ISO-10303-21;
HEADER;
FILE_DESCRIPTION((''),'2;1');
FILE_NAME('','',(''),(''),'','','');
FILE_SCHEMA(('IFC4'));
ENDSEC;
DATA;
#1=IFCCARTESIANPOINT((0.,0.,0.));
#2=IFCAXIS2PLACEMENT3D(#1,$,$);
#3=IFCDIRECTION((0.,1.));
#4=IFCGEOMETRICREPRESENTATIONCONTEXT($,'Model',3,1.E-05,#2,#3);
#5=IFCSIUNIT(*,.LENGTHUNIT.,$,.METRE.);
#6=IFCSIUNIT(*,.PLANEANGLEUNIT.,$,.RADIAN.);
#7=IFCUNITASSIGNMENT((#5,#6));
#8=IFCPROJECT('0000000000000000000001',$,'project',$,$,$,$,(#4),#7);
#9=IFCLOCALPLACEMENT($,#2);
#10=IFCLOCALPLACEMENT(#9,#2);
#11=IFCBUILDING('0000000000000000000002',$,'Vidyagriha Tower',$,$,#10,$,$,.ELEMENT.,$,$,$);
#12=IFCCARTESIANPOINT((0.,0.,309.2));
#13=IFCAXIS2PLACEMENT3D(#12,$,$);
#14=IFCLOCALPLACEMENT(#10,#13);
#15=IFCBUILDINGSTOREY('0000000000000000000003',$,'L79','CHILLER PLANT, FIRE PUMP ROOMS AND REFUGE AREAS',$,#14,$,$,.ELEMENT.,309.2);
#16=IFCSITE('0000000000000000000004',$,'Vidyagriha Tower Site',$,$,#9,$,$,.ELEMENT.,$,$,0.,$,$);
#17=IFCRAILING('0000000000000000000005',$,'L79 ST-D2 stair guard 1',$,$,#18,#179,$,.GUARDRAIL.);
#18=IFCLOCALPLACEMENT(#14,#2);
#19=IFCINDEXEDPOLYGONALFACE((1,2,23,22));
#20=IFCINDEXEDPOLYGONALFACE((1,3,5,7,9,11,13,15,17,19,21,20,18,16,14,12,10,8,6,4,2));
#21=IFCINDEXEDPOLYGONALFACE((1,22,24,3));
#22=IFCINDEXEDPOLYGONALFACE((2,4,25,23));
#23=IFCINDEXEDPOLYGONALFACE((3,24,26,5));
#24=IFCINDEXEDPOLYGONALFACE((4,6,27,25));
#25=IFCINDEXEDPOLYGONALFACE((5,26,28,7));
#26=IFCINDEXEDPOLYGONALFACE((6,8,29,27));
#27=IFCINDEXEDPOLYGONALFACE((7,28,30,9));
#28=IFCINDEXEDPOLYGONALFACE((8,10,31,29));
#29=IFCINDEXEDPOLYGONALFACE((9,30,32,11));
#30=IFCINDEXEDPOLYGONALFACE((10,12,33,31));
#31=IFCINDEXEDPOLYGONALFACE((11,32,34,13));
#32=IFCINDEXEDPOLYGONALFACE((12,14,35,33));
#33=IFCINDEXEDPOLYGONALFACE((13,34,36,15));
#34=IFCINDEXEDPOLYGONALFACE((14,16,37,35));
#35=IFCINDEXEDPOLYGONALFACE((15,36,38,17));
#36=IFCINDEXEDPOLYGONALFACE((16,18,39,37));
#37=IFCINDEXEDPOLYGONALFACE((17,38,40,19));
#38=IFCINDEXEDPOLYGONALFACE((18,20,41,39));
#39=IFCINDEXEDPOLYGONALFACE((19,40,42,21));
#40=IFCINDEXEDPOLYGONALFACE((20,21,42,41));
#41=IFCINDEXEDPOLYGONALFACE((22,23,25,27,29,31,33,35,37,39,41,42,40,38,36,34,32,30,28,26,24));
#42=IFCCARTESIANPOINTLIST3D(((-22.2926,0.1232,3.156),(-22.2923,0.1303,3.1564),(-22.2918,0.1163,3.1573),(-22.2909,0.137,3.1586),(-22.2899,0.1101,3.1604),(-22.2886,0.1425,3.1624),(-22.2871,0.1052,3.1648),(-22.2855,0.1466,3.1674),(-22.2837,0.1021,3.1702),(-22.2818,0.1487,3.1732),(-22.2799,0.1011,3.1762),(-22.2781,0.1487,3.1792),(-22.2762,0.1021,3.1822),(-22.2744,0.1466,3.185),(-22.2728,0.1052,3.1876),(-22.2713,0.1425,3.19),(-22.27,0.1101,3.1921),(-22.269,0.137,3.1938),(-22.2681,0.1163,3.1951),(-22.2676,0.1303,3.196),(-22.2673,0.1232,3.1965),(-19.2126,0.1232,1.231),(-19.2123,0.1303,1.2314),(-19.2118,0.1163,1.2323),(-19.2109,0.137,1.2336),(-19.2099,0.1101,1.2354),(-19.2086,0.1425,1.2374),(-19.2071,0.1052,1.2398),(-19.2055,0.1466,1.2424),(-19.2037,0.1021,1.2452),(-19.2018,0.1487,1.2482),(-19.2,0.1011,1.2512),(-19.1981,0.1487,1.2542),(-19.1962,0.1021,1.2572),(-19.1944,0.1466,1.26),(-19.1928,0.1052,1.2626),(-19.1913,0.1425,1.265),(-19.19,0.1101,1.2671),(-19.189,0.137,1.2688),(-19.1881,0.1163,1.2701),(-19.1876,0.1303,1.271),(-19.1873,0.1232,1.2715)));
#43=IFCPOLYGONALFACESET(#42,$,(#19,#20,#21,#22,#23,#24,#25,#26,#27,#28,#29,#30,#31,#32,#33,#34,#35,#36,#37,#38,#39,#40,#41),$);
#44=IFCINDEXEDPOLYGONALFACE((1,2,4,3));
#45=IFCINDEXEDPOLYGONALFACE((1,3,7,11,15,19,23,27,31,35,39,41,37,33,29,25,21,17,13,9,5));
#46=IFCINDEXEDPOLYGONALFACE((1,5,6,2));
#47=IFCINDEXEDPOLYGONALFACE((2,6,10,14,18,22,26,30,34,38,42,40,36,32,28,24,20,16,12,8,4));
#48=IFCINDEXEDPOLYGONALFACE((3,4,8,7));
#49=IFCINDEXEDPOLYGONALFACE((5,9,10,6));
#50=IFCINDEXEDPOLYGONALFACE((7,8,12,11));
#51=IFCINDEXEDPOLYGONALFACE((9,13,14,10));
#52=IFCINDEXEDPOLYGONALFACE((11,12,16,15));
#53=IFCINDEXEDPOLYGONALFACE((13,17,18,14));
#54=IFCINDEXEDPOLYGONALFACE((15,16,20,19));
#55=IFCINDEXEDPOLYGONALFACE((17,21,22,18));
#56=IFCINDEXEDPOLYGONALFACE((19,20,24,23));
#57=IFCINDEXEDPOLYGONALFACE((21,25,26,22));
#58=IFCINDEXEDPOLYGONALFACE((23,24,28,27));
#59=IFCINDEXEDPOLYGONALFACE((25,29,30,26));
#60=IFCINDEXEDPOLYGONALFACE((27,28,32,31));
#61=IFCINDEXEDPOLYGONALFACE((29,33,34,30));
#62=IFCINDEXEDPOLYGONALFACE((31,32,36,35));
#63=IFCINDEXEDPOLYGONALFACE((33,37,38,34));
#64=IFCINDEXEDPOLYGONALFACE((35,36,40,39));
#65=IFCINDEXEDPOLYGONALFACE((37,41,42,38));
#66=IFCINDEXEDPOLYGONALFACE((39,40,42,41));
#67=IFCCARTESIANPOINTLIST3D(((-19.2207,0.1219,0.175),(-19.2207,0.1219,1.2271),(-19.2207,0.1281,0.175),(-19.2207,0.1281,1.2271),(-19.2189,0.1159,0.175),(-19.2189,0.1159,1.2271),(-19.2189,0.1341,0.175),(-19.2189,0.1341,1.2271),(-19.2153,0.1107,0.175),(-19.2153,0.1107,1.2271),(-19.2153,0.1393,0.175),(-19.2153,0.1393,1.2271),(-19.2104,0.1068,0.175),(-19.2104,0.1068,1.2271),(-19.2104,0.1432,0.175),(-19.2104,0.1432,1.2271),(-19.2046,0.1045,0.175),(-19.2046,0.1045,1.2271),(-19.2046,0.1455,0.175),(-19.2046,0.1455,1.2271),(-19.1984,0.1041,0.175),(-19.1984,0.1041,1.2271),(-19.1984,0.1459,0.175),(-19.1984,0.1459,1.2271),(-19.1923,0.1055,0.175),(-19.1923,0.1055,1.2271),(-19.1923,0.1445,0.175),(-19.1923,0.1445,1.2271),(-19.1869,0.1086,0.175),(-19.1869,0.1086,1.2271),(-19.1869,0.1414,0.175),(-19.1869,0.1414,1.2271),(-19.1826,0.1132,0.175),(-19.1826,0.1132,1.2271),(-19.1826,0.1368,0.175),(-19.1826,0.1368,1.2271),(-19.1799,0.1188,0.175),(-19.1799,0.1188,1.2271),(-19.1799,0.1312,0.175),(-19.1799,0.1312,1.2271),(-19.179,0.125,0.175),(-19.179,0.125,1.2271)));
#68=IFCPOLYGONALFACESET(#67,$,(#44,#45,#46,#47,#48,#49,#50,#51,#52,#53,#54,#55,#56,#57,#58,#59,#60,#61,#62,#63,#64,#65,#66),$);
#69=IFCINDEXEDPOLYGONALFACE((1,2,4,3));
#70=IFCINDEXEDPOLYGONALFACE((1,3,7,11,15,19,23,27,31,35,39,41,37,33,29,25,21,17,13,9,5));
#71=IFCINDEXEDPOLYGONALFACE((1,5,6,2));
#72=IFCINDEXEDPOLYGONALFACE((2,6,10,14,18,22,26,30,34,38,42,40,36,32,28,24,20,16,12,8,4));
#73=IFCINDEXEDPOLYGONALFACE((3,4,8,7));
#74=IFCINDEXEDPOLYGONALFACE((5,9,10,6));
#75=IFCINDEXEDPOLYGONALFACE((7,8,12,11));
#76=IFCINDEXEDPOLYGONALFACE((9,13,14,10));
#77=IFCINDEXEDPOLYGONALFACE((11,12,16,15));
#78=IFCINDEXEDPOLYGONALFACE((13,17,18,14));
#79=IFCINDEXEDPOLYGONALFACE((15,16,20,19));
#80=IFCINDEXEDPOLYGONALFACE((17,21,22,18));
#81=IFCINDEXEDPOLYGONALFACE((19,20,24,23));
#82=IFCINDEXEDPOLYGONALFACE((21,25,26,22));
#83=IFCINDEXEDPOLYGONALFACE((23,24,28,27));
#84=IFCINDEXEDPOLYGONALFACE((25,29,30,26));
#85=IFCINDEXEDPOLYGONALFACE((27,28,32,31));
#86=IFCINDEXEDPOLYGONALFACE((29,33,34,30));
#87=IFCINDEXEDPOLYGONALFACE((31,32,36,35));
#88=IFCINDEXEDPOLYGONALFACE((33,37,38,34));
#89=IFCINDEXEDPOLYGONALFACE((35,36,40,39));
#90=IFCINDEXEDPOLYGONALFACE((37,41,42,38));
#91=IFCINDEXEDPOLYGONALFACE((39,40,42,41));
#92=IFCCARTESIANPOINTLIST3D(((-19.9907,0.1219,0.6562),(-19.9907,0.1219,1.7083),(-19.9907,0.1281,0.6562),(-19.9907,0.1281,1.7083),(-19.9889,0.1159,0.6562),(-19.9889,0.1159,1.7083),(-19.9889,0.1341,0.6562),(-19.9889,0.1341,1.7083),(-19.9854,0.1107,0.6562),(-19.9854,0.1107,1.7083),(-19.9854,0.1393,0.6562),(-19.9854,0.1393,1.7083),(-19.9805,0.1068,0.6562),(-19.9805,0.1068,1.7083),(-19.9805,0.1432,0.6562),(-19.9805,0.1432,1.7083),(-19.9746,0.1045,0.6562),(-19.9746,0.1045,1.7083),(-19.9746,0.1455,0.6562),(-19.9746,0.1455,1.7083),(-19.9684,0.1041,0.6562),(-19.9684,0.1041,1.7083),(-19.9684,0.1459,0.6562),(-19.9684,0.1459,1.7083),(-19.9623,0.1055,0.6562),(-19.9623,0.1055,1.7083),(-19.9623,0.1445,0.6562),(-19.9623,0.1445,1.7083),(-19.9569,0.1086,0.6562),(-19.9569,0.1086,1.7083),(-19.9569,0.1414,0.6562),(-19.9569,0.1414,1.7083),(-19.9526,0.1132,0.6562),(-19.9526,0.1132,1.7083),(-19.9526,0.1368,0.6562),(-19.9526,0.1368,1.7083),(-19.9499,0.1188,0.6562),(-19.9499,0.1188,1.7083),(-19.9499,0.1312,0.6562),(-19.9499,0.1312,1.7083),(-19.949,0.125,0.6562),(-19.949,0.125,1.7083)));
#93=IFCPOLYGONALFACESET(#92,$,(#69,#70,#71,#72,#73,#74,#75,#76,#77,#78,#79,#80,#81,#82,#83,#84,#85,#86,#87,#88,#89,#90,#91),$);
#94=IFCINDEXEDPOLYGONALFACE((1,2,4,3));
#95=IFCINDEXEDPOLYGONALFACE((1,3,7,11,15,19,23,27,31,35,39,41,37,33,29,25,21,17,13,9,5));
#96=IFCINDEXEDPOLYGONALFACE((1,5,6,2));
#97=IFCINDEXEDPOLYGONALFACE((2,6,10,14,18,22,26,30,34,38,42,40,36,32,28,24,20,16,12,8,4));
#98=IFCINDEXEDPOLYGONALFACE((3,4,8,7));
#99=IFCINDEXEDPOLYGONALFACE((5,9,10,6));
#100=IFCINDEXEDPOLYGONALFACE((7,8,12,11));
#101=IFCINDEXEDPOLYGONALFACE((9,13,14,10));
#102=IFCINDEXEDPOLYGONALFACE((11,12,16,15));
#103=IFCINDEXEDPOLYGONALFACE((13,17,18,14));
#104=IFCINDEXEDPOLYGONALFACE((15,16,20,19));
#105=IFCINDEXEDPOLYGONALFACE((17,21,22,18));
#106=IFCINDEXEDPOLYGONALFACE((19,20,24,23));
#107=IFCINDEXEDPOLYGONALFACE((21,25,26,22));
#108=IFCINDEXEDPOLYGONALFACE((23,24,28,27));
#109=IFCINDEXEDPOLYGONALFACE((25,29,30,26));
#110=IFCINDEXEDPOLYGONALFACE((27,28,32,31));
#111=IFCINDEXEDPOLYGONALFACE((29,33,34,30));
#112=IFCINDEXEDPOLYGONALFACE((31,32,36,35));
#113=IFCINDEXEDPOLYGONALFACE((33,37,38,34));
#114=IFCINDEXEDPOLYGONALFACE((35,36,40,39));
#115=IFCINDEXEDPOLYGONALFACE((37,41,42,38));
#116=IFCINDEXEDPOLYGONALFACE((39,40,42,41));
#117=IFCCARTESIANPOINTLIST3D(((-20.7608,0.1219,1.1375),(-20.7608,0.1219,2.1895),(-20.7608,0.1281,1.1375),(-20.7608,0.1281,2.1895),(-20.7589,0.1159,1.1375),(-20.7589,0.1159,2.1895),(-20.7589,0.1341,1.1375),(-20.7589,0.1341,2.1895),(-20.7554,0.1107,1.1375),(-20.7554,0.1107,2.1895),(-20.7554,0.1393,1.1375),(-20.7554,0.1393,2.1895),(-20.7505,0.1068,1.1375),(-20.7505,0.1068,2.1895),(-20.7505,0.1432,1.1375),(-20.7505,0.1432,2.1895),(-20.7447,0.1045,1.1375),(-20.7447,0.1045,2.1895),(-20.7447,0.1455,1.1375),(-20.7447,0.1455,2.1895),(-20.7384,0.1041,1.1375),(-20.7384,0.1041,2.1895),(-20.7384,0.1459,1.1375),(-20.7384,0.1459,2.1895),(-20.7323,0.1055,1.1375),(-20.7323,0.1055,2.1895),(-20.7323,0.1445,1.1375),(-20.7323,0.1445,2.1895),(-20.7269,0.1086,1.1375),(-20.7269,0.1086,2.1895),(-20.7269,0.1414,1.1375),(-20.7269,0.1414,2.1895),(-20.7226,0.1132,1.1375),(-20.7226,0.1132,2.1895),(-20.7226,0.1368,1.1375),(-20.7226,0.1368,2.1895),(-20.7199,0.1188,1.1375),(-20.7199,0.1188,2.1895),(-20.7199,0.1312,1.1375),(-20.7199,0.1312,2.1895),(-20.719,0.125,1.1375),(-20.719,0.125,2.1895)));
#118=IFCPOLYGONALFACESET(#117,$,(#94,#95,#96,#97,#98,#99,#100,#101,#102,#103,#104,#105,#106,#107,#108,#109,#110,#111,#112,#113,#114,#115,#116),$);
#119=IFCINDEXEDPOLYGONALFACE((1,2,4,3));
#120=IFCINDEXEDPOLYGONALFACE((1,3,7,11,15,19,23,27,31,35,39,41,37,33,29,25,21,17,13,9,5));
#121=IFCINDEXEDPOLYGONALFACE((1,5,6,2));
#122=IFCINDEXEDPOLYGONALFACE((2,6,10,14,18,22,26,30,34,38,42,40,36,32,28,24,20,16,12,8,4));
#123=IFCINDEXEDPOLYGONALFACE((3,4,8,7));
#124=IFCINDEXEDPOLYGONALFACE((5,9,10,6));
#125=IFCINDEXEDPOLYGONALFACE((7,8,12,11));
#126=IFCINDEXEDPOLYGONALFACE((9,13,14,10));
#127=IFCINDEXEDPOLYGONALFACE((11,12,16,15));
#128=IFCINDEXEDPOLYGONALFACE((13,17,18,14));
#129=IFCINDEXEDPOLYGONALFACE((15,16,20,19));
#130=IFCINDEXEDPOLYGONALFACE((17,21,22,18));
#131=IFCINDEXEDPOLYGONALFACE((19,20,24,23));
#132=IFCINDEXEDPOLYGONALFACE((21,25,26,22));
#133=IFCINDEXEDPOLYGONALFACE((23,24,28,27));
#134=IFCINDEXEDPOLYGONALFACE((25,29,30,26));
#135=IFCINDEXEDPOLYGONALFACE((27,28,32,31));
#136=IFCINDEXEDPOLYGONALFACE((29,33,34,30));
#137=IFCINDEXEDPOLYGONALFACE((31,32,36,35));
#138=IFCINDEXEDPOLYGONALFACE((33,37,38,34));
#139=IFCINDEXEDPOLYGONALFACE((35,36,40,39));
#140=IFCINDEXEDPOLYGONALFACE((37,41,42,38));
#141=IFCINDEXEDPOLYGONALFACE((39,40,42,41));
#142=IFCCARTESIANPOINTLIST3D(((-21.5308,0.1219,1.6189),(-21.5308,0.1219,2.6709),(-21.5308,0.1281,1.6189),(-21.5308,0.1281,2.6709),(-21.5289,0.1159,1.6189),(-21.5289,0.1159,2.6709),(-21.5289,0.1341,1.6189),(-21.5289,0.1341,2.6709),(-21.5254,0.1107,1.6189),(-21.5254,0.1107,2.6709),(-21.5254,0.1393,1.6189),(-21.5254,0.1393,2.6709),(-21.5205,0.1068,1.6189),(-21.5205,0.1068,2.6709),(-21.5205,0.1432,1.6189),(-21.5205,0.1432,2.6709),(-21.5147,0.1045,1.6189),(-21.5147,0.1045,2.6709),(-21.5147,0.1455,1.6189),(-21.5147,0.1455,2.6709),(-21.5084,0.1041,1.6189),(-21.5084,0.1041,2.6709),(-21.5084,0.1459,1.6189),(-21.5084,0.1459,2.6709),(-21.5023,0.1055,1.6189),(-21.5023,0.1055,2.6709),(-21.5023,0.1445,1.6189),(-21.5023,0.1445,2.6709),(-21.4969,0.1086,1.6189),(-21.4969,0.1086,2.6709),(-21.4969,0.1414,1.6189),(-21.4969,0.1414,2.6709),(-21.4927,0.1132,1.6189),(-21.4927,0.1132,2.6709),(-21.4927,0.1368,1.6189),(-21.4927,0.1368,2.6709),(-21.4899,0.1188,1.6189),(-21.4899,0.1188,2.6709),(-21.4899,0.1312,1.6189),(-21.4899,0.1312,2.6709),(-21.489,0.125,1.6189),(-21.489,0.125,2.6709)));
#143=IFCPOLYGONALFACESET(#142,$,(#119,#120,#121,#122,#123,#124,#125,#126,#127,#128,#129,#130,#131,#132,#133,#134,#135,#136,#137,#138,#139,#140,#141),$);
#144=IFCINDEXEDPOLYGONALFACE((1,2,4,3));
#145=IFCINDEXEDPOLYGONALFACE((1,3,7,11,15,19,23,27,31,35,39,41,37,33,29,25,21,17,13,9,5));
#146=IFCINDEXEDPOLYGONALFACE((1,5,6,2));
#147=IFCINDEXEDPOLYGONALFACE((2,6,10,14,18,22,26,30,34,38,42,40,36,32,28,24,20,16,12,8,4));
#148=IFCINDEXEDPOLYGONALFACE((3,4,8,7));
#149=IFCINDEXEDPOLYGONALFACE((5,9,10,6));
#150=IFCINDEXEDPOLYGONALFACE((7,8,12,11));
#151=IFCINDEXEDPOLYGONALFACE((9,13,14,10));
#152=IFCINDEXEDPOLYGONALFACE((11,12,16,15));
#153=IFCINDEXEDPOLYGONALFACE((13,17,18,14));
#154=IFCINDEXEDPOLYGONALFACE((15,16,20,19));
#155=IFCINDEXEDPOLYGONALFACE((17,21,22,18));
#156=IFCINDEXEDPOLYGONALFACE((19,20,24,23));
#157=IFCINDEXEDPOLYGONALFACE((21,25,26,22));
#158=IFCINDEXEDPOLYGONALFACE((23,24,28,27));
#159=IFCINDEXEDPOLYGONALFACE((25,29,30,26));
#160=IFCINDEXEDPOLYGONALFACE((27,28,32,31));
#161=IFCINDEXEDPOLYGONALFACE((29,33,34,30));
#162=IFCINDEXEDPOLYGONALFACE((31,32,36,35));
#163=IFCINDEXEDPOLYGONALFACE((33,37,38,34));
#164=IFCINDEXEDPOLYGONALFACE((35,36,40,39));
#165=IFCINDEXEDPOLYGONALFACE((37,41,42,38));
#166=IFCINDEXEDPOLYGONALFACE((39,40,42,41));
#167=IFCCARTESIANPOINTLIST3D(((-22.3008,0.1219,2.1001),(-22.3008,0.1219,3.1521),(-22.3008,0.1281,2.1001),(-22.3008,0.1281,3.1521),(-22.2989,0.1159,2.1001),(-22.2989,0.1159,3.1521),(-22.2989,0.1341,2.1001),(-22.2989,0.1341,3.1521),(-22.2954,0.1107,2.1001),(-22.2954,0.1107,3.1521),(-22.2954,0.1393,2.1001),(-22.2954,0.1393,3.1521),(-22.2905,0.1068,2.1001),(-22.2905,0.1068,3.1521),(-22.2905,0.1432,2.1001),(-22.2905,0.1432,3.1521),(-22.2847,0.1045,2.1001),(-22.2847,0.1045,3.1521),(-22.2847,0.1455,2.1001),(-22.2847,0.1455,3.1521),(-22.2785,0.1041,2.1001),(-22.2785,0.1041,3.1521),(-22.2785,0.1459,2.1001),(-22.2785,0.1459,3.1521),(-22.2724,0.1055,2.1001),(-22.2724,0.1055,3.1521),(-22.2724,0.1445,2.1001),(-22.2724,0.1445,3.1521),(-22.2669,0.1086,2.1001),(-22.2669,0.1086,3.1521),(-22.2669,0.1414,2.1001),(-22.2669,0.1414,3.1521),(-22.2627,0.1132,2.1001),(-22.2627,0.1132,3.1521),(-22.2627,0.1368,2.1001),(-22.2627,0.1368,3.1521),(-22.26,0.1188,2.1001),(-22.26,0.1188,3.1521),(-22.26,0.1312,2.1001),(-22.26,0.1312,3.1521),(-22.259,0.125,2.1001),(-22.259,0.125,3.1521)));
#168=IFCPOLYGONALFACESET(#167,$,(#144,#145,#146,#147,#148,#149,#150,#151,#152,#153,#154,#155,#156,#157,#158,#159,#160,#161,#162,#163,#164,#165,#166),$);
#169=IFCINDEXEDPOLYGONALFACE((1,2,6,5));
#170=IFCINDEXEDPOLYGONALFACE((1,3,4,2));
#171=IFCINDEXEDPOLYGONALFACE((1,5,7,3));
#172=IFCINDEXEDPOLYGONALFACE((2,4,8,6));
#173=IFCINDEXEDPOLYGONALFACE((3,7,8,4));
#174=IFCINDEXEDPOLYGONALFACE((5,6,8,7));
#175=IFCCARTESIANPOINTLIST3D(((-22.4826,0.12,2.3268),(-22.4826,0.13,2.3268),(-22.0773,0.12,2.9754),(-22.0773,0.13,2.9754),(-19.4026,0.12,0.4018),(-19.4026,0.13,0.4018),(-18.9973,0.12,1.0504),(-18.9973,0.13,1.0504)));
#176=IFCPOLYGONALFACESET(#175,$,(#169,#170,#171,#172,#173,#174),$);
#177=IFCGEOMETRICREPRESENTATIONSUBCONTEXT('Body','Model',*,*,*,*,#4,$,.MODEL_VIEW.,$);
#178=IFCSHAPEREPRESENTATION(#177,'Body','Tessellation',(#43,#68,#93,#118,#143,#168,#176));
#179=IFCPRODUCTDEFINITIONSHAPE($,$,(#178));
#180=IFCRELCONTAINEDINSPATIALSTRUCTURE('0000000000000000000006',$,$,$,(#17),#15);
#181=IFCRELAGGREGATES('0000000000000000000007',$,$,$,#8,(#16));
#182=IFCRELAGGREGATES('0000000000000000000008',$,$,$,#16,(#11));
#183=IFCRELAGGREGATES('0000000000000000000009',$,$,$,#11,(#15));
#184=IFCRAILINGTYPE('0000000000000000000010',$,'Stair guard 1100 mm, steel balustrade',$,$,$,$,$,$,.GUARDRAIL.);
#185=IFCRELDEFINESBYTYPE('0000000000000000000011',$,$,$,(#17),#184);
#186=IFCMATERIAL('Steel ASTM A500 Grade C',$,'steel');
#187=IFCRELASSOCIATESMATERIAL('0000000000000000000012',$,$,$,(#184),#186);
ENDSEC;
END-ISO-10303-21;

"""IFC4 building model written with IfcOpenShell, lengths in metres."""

from ifc_helpers import new_model, si_unit, direction, frame, origin, origin_2d, place, context, subcontext, project, spatial, rectangle, circle, extrude, material, type_object, element, save


model = new_model("IFC4")

# Units and contexts
model_context = context("Model", 3, precision=1e-05, world=origin(), true_north=direction((0.0, 1.0)))
body_context = subcontext(model_context, "Body", "Model", "MODEL_VIEW")
ifc_project = project(units=[si_unit("LENGTHUNIT", "METRE"), si_unit("PLANEANGLEUNIT", "RADIAN")], contexts=[model_context])

# Site, building, storey
site_placement = place(None, origin())
site = spatial("IfcSite", under=ifc_project, at=site_placement, Name="Vidyagriha Tower Site", CompositionType="ELEMENT", RefElevation=0.0)
building_placement = place(site_placement, origin())
building = spatial("IfcBuilding", under=site, at=building_placement, Name="Vidyagriha Tower", CompositionType="ELEMENT")
storey_placement = place(building_placement, frame((0.0, 0.0, 309.2)))
storey = spatial("IfcBuildingStorey", under=building, at=storey_placement, Name="L79", Description="CHILLER PLANT, FIRE PUMP ROOMS AND REFUGE AREAS", CompositionType="ELEMENT", Elevation=309.2)

# Railing
ifc_material_1 = material(Name="Steel ASTM A500 Grade C", Category="steel")
railing_type_1 = type_object("IfcRailingType", Name="Stair guard 1100 mm, steel balustrade", PredefinedType="GUARDRAIL", material=ifc_material_1)
railing_1_placement = place(storey_placement, frame((-19.2, 0.125, 0.175)))
element("IfcRailing", 1, at=railing_1_placement, inside=storey, type_object=railing_type_1, Name="L79 ST-D2 stair guard 1", PredefinedType="GUARDRAIL", context=body_context, shape_type="SweptSolid", body=[
    extrude(circle(Radius=0.0239, at=origin_2d()), frame((0.0, 0.0, 1.0762), z_axis=(-0.847998, 0.0, 0.529999), x_axis=(0.0, -1.0, 0.0)), (0.0, 0.0, 1.0), 3.6321),
    extrude(circle(Radius=0.021, at=origin_2d()), origin(), (0.0, 0.0, 1.0), 1.052),
    extrude(circle(Radius=0.021, at=origin_2d()), frame((-0.77, 0.0, 0.4812)), (0.0, 0.0, 1.0), 1.052),
    extrude(circle(Radius=0.021, at=origin_2d()), frame((-1.54, 0.0, 0.9624)), (0.0, 0.0, 1.0), 1.052),
    extrude(circle(Radius=0.021, at=origin_2d()), frame((-2.3101, 0.0, 1.4438)), (0.0, 0.0, 1.0), 1.052),
    extrude(circle(Radius=0.021, at=origin_2d()), frame((-3.0801, 0.0, 1.925)), (0.0, 0.0, 1.0), 1.052),
    extrude(rectangle(XDim=0.01, YDim=0.7649, at=origin_2d()), frame((0.0, 0.0, 0.551), z_axis=(-0.847998, 0.0, 0.529999), x_axis=(0.0, -1.0, 0.0)), (0.0, 0.0, 1.0), 3.6321),
])

save(model, "model.ifc")
